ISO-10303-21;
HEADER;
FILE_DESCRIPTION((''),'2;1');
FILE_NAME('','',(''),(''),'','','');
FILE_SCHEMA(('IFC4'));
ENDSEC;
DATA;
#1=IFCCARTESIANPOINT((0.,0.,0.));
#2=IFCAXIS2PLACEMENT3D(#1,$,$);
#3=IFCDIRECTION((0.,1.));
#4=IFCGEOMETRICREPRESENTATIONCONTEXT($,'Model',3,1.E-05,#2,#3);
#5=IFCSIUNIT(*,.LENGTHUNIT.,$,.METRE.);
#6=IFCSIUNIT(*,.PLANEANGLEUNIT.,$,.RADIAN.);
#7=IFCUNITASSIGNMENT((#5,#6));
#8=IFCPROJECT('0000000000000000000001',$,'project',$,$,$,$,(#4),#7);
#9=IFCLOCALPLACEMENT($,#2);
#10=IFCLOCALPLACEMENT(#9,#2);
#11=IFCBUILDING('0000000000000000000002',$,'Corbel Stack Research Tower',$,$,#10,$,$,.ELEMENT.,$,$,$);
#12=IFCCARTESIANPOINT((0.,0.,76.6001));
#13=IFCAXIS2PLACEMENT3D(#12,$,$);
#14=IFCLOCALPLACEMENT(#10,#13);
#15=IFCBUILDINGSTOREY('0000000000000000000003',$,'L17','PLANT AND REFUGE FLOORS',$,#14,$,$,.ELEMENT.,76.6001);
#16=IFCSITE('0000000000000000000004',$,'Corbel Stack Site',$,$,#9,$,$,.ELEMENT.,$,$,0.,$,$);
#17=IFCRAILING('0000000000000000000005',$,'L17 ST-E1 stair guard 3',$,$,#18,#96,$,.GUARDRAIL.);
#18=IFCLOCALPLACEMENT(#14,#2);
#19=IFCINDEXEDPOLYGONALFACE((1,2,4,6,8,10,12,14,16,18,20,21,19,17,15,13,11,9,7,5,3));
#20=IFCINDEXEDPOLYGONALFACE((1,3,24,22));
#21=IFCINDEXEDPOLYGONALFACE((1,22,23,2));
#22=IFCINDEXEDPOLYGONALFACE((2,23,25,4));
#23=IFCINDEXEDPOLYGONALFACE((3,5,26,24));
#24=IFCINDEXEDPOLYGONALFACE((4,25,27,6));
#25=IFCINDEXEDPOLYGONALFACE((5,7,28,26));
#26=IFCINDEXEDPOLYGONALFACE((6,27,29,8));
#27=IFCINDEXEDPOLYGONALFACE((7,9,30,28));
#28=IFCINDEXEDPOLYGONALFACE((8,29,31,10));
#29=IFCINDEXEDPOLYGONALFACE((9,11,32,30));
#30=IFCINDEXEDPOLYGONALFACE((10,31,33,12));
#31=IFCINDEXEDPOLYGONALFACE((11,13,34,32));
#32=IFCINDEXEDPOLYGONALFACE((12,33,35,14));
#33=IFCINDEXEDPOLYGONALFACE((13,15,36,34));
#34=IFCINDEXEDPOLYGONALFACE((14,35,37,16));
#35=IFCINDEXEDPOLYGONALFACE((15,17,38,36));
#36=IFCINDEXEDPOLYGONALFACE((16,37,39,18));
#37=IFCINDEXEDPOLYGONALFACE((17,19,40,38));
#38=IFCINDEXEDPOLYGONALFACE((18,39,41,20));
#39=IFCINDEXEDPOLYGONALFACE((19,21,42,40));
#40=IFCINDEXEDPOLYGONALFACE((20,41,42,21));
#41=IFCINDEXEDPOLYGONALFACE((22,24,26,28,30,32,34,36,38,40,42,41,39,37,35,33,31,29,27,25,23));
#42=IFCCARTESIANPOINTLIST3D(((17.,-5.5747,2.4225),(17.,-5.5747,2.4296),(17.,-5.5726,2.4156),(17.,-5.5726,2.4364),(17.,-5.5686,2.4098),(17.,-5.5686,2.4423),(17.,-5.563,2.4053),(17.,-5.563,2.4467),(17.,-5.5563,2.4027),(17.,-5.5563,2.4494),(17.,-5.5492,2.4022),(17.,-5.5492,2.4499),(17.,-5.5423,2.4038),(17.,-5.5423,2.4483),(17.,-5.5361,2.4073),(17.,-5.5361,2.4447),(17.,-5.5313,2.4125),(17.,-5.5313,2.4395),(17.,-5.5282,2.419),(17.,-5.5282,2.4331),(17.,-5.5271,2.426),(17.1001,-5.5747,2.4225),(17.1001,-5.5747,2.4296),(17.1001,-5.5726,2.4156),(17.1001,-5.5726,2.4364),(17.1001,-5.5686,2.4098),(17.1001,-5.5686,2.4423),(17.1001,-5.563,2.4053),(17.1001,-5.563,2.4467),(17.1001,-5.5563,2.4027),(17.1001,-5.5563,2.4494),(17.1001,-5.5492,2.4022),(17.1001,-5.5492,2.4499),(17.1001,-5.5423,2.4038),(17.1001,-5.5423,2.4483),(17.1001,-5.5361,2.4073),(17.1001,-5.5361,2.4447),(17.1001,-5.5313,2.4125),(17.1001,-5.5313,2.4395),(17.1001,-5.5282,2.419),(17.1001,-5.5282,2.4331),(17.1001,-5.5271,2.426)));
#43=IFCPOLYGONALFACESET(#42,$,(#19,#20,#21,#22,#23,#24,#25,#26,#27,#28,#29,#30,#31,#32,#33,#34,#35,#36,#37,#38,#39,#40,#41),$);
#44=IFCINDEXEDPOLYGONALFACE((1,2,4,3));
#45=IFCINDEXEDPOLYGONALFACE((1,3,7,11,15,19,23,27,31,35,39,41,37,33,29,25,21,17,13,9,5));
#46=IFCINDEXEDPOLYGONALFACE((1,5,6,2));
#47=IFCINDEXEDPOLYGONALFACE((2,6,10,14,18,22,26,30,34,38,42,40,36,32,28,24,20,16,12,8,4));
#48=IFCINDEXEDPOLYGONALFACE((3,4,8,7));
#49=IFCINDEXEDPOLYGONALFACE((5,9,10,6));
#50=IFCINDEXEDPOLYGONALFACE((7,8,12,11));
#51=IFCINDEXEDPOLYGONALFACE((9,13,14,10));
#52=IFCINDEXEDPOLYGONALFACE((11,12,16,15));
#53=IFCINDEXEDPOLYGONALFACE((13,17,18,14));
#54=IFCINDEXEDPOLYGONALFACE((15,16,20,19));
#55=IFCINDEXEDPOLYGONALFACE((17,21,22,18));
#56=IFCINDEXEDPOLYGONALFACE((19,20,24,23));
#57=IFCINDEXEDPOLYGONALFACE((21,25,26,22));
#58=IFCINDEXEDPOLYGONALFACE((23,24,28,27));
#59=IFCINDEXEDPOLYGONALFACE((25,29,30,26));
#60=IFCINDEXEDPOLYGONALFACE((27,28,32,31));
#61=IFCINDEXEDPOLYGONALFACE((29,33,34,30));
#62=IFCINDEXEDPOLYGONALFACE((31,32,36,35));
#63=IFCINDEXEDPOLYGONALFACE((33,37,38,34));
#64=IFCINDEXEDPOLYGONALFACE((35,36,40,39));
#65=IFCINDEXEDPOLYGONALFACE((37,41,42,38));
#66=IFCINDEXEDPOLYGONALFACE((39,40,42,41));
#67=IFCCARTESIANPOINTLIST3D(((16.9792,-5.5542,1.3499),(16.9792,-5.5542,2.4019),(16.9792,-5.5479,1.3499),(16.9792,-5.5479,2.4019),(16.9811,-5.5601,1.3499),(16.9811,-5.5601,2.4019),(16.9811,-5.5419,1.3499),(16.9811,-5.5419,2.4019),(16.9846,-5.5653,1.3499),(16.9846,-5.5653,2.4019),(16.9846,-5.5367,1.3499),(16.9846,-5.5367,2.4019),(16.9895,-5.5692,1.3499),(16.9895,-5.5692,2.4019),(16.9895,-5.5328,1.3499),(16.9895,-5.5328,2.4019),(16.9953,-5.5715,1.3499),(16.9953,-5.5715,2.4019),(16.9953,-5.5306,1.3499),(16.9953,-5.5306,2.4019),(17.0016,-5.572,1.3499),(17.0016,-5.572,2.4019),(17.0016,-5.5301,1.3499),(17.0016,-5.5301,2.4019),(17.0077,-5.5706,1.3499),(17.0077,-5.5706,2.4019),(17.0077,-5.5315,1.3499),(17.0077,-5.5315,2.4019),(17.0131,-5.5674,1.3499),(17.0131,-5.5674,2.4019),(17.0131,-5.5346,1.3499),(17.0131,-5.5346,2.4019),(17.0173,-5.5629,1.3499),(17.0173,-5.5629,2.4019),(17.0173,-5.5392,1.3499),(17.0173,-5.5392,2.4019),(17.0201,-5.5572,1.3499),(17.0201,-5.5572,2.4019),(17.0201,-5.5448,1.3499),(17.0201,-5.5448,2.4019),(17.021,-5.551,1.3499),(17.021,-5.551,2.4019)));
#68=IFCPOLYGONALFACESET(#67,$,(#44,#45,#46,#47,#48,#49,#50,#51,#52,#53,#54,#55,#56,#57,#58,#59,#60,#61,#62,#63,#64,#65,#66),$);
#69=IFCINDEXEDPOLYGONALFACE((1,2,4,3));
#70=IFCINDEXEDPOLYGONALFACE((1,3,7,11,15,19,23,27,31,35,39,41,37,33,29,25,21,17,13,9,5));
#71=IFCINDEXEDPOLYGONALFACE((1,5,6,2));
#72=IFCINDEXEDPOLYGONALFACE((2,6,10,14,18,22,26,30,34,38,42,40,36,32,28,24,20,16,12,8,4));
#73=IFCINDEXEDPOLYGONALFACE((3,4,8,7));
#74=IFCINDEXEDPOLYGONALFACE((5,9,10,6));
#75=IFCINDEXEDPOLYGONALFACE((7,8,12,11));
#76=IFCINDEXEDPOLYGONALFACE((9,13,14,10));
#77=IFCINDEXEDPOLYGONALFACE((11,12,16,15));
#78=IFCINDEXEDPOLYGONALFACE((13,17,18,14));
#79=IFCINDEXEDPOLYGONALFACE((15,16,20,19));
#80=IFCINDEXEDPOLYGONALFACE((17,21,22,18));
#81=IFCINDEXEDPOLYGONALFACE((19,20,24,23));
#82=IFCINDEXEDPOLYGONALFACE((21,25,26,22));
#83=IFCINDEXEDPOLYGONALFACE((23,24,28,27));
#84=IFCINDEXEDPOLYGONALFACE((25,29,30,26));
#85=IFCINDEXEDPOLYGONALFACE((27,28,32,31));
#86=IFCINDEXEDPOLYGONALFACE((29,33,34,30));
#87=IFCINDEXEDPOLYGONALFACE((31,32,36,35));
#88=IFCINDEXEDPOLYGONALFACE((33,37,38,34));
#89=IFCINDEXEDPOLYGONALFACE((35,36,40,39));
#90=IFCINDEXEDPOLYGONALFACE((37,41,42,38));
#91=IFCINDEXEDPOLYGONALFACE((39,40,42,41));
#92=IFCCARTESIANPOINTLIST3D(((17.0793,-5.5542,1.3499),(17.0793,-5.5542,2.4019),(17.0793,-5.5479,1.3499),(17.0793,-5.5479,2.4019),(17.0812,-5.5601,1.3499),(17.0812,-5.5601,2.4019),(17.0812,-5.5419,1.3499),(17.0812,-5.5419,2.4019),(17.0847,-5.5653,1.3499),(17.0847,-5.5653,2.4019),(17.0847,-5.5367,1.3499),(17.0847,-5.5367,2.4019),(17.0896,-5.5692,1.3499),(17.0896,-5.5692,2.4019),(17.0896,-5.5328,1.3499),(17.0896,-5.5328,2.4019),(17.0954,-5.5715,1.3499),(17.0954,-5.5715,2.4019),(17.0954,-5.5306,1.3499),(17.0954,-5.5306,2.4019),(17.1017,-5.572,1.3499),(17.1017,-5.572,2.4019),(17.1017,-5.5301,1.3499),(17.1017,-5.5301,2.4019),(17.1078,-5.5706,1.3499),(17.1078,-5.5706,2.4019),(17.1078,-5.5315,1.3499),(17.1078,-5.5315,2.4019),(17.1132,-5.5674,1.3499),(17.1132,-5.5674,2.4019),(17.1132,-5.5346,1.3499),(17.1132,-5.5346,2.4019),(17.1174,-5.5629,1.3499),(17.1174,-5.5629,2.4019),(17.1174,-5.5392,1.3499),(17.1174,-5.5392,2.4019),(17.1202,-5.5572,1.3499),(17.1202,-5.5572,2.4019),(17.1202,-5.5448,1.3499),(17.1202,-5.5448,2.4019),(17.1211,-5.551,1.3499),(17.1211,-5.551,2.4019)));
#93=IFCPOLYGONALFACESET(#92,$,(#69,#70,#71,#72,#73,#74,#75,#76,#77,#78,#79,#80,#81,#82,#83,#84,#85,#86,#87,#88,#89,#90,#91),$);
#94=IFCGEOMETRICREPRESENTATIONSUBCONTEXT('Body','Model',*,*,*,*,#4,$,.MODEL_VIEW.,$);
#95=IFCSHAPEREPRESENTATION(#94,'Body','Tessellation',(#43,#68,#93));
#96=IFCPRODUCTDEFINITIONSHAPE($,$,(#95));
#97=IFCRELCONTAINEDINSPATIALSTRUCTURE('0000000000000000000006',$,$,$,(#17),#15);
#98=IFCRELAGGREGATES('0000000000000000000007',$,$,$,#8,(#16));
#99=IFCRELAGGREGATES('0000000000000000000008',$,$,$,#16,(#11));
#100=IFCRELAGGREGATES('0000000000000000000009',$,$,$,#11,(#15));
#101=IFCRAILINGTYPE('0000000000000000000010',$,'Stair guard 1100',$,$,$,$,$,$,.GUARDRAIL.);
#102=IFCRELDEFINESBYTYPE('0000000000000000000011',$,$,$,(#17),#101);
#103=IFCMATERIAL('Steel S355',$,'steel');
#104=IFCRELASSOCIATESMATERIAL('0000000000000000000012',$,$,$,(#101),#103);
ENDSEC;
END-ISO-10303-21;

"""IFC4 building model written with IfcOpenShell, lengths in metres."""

from ifc_helpers import new_model, si_unit, direction, frame, origin, origin_2d, place, context, subcontext, project, spatial, circle, extrude, material, type_object, element, save


model = new_model("IFC4")

# Units and contexts
model_context = context("Model", 3, precision=1e-05, world=origin(), true_north=direction((0.0, 1.0)))
body_context = subcontext(model_context, "Body", "Model", "MODEL_VIEW")
ifc_project = project(units=[si_unit("LENGTHUNIT", "METRE"), si_unit("PLANEANGLEUNIT", "RADIAN")], contexts=[model_context])

# Site, building, storey
site_placement = place(None, origin())
site = spatial("IfcSite", under=ifc_project, at=site_placement, Name="Corbel Stack Site", CompositionType="ELEMENT", RefElevation=0.0)
building_placement = place(site_placement, origin())
building = spatial("IfcBuilding", under=site, at=building_placement, Name="Corbel Stack Research Tower", CompositionType="ELEMENT")
storey_placement = place(building_placement, frame((0.0, 0.0, 76.6001)))
storey = spatial("IfcBuildingStorey", under=building, at=storey_placement, Name="L17", Description="PLANT AND REFUGE FLOORS", CompositionType="ELEMENT", Elevation=76.6001)

# Railing
ifc_material_1 = material(Name="Steel S355", Category="steel")
railing_type = type_object("IfcRailingType", Name="Stair guard 1100", PredefinedType="GUARDRAIL", material=ifc_material_1)
railing_1_placement = place(storey_placement, frame((17.0, -5.551, 1.3499)))
element("IfcRailing", 1, at=railing_1_placement, inside=storey, type_object=railing_type, Name="L17 ST-E1 stair guard 3", PredefinedType="GUARDRAIL", context=body_context, shape_type="SweptSolid", body=[
    extrude(circle(Radius=0.0239, at=origin_2d()), frame((0.0, 0.0, 1.0762), z_axis=(1.0, 0.0, 0.0), x_axis=(0.0, 1.0, 0.0)), (0.0, 0.0, 1.0), 0.1001),
    extrude(circle(Radius=0.021, at=origin_2d()), origin(), (0.0, 0.0, 1.0), 1.052),
    extrude(circle(Radius=0.021, at=origin_2d()), frame((0.1001, 0.0, 0.0)), (0.0, 0.0, 1.0), 1.052),
])

save(model, "model.ifc")
